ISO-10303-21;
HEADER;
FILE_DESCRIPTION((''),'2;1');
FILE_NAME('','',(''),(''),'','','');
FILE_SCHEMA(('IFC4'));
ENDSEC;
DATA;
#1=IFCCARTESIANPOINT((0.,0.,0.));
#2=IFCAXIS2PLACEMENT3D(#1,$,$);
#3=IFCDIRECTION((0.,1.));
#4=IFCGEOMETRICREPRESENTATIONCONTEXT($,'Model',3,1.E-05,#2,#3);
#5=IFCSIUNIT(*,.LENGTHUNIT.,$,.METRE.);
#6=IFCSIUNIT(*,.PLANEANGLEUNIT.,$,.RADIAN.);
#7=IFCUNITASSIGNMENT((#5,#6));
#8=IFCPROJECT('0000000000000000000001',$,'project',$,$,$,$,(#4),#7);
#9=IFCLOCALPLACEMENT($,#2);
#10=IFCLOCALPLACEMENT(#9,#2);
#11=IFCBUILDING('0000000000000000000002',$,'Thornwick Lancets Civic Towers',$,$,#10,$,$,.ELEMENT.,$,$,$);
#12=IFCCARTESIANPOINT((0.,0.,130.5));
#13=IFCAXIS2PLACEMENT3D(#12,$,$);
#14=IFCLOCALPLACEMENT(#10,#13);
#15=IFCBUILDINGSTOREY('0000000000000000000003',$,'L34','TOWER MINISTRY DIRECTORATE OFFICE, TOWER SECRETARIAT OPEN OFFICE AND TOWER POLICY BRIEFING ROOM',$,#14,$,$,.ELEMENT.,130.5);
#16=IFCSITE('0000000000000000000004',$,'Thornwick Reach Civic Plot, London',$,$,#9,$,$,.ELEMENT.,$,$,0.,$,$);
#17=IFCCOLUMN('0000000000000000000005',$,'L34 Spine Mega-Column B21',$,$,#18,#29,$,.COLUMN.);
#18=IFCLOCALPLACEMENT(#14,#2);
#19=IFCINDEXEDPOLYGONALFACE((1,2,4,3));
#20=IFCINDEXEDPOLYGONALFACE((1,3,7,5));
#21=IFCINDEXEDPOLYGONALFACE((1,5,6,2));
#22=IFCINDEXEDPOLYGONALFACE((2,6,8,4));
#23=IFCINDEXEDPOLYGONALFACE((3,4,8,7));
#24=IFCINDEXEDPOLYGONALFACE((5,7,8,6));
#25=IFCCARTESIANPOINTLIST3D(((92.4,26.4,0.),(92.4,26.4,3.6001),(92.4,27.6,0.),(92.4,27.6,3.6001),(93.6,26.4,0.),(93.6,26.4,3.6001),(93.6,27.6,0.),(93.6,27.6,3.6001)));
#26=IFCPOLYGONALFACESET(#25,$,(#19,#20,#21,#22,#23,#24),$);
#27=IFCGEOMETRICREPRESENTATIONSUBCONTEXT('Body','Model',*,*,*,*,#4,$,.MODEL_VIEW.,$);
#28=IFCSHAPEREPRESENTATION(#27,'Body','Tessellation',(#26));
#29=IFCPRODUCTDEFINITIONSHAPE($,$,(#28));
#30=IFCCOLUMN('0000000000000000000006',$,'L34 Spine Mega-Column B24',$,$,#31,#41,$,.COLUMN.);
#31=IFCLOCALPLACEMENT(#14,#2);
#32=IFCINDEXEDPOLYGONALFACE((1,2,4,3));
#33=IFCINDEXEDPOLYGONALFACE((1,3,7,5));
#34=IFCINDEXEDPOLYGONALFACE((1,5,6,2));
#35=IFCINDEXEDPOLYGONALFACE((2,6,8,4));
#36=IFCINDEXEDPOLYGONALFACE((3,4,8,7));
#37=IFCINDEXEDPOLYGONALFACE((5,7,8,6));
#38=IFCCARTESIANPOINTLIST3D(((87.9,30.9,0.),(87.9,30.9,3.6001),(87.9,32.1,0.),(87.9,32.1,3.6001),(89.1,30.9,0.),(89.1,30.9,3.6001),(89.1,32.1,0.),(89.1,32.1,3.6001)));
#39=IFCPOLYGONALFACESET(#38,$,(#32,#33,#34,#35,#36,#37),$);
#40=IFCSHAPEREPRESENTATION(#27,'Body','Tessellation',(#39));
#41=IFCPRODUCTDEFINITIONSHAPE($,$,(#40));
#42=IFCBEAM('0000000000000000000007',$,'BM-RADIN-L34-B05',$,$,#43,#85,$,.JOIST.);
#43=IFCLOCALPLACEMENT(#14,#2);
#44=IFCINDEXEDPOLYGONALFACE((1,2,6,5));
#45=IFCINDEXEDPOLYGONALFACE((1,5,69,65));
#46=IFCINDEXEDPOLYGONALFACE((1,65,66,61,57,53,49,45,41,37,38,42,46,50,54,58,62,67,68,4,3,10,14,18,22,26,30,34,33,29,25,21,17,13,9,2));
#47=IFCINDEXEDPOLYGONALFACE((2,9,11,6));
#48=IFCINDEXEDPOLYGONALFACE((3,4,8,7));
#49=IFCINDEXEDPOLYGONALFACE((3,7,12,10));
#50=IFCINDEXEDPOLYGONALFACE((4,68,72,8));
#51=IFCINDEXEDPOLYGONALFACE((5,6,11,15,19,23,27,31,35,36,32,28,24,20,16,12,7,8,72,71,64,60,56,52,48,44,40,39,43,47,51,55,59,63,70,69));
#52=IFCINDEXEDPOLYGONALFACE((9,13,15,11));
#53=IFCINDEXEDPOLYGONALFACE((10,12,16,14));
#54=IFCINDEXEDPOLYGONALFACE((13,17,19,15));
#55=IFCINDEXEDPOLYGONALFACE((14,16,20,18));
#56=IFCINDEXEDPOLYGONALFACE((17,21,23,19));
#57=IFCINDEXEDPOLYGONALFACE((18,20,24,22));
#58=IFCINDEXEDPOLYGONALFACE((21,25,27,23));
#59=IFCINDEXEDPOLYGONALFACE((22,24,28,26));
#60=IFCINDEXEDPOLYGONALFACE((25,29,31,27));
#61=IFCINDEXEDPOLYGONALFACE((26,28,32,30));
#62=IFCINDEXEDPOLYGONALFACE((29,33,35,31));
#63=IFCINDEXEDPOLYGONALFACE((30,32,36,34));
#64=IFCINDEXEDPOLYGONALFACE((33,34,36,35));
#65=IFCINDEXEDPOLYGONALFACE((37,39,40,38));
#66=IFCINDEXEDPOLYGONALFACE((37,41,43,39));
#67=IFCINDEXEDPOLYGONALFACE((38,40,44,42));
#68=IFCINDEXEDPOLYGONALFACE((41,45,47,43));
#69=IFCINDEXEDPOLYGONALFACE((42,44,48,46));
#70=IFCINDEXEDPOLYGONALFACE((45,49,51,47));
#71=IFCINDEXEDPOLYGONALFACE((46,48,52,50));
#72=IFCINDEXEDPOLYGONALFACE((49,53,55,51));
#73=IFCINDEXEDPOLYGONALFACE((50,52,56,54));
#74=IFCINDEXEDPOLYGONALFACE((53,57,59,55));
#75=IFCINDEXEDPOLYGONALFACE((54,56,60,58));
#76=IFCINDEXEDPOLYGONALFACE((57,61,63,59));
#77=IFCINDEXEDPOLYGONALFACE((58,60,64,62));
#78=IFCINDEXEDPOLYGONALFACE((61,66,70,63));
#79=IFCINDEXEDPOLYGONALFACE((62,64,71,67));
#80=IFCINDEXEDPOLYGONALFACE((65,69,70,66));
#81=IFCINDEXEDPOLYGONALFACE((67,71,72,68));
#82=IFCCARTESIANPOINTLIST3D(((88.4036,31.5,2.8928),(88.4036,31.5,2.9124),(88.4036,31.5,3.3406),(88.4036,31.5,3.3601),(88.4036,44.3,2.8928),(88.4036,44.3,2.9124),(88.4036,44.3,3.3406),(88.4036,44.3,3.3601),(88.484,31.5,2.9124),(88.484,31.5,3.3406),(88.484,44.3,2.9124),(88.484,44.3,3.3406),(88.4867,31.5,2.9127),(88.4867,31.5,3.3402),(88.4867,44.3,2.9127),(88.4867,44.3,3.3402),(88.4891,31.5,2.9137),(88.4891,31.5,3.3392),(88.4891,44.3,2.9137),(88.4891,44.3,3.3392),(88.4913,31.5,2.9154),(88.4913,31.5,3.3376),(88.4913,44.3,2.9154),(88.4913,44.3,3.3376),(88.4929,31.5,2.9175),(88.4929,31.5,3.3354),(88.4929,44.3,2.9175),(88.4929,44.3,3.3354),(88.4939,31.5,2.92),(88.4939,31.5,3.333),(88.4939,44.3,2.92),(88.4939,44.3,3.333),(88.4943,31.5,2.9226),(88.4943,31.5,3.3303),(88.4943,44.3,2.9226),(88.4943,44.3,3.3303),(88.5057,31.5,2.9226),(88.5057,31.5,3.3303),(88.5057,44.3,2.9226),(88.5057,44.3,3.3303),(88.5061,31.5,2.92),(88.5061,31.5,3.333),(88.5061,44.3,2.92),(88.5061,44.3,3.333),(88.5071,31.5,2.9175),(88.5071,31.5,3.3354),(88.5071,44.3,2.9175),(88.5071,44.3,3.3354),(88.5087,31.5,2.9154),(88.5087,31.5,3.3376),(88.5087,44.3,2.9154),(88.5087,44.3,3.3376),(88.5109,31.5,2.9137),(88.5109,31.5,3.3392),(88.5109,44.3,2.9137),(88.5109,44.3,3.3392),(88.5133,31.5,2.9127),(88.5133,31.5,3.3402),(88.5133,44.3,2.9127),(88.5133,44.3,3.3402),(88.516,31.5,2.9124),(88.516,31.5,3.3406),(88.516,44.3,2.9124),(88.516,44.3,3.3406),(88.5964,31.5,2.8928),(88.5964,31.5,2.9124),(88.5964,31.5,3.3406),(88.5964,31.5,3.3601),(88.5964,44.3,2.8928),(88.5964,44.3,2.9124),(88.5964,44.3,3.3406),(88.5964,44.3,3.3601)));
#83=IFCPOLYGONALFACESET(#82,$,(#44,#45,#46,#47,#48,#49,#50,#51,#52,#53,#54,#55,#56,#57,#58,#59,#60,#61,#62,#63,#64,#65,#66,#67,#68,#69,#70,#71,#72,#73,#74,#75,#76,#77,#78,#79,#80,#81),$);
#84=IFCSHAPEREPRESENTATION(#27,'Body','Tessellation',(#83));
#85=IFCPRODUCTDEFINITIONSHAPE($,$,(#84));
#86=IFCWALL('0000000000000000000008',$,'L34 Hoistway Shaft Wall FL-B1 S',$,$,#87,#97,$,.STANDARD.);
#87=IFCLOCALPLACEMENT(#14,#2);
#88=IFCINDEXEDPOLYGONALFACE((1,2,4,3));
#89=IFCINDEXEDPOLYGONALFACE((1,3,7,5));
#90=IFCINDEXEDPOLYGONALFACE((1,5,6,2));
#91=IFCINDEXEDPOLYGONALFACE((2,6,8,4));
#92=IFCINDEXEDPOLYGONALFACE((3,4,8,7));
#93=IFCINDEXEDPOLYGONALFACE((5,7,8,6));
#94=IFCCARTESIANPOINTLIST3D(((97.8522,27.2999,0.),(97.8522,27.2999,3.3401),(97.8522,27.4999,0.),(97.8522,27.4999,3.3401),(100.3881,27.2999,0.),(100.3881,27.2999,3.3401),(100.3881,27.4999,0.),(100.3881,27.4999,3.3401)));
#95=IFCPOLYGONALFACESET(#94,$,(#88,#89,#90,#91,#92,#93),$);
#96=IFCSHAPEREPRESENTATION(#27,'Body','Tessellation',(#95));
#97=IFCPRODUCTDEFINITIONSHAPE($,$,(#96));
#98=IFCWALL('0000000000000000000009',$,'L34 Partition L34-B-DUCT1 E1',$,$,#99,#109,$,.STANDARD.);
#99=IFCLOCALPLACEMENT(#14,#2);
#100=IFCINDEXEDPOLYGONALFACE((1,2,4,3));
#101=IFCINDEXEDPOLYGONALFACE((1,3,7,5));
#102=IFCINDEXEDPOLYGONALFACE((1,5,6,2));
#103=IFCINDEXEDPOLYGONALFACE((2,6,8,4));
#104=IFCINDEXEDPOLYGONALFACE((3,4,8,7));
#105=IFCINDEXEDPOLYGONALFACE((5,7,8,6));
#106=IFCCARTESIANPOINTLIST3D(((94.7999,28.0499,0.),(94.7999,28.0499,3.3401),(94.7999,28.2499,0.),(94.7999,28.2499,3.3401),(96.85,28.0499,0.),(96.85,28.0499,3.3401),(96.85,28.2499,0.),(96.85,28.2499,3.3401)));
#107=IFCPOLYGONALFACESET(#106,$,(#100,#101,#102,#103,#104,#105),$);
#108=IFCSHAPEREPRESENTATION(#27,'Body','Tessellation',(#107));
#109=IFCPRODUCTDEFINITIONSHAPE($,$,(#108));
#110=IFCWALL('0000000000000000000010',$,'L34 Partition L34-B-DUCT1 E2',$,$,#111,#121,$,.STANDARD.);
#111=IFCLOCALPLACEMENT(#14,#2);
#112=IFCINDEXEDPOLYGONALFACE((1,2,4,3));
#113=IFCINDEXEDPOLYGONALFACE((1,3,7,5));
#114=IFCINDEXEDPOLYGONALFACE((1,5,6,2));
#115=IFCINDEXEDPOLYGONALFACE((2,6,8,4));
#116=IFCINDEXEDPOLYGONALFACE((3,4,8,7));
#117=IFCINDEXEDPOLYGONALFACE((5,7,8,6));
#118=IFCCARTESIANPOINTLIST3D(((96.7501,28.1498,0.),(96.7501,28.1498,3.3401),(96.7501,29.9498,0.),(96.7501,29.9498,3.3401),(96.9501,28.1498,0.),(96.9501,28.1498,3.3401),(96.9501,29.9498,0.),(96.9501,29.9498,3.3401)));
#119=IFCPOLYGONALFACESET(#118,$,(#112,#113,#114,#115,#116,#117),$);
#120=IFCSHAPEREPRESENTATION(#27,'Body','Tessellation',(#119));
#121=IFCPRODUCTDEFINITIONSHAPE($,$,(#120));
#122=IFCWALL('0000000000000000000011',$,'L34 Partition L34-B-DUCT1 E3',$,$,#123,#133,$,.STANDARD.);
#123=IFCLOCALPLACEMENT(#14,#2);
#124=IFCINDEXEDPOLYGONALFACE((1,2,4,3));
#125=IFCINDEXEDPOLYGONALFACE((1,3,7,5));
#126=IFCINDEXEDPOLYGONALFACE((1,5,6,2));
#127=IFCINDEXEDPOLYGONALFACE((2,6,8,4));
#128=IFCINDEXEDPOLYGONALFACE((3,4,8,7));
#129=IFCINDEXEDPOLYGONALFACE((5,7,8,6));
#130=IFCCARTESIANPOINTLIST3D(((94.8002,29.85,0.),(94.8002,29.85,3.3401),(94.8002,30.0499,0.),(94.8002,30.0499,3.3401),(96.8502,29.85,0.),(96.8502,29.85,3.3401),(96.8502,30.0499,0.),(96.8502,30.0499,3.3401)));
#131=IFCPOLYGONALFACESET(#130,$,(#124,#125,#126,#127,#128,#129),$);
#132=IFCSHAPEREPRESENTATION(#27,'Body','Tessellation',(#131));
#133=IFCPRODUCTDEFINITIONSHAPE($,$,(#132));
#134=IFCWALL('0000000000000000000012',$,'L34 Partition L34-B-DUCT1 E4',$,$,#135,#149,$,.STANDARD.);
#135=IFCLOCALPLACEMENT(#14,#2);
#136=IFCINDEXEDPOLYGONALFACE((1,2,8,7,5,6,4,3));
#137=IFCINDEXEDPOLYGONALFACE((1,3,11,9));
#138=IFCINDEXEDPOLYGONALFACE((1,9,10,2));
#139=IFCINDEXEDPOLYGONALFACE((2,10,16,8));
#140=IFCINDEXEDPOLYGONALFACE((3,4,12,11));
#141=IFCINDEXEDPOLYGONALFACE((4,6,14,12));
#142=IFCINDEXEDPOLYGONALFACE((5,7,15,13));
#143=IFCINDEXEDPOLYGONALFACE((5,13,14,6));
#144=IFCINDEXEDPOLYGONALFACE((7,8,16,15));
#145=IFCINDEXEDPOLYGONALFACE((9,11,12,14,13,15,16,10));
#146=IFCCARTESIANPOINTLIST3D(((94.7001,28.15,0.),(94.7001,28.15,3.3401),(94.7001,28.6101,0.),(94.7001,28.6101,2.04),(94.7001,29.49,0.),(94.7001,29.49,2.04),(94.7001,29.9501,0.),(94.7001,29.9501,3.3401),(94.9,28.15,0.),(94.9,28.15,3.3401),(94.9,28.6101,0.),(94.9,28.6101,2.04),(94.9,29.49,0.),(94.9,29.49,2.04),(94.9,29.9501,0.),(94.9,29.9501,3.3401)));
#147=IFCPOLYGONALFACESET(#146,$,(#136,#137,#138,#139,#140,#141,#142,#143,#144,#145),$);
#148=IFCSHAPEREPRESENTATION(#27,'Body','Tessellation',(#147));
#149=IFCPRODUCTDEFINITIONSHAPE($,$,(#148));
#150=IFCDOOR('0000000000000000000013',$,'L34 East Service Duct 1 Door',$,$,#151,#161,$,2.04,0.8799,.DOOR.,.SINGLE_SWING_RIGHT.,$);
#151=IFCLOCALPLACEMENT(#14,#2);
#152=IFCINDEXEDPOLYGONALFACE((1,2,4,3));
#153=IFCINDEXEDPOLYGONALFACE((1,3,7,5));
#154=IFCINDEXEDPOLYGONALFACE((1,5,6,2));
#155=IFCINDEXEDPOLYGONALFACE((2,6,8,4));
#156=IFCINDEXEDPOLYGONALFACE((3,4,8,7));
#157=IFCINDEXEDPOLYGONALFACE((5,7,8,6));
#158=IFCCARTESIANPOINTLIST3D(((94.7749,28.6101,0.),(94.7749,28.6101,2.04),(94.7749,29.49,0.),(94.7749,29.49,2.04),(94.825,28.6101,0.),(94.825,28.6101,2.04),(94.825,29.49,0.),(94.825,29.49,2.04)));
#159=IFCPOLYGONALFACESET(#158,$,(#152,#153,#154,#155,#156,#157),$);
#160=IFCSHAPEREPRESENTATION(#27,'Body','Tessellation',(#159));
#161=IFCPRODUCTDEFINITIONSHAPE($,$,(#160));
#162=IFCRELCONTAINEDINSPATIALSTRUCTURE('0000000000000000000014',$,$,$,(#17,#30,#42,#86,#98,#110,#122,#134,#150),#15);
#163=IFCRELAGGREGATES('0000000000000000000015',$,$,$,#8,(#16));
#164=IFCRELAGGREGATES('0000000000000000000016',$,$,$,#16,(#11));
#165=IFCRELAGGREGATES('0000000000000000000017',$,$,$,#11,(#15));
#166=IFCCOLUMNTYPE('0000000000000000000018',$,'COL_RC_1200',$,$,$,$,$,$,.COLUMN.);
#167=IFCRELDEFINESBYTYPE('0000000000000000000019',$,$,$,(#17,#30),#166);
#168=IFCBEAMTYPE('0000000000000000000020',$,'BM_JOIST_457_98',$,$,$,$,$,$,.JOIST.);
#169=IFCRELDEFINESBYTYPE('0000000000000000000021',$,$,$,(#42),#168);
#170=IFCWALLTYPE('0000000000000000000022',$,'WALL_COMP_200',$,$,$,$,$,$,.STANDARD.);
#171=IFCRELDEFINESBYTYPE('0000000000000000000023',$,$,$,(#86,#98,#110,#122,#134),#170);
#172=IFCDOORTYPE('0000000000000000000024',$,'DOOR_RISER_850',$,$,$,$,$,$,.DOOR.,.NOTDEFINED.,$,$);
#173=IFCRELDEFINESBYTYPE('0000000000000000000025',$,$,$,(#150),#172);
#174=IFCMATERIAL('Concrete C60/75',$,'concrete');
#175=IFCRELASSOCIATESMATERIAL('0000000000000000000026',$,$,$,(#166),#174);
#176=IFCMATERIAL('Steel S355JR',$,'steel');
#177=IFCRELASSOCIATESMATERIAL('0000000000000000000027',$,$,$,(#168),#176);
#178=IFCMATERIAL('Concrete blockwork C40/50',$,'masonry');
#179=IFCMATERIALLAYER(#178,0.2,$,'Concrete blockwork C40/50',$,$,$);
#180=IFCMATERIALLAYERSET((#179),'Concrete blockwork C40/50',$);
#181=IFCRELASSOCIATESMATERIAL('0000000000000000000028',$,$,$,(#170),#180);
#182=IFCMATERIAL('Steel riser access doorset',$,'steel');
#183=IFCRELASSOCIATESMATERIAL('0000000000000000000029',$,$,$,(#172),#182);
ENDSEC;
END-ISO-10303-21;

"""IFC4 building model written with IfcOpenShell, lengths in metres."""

from ifc_helpers import new_model, si_unit, direction, frame, frame_2d, origin, origin_2d, place, context, subcontext, project, spatial, rectangle, i_section, extrude, material, layer, layer_set, material_profile, profile_set, type_object, element, fill, save


model = new_model("IFC4")

# Units and contexts
model_context = context("Model", 3, precision=1e-05, world=origin(), true_north=direction((0.0, 1.0)))
body_context = subcontext(model_context, "Body", "Model", "MODEL_VIEW")
ifc_project = project(units=[si_unit("LENGTHUNIT", "METRE"), si_unit("PLANEANGLEUNIT", "RADIAN")], contexts=[model_context])

# Site, building, storey
site_placement = place(None, origin())
site = spatial("IfcSite", under=ifc_project, at=site_placement, Name="Thornwick Reach Civic Plot, London", CompositionType="ELEMENT", RefElevation=0.0)
building_placement = place(site_placement, origin())
building = spatial("IfcBuilding", under=site, at=building_placement, Name="Thornwick Lancets Civic Towers", CompositionType="ELEMENT")
storey_placement = place(building_placement, frame((0.0, 0.0, 130.5)))
storey = spatial("IfcBuildingStorey", under=building, at=storey_placement, Name="L34", Description="TOWER MINISTRY DIRECTORATE OFFICE, TOWER SECRETARIAT OPEN OFFICE AND TOWER POLICY BRIEFING ROOM", CompositionType="ELEMENT", Elevation=130.5)

# Columns
ifc_material_1 = material(Name="Concrete C60/75", Category="concrete")
ifc_material_profile_1 = material_profile(ifc_material_1, rectangle(XDim=1.2, YDim=1.2, at=origin_2d()), Name="RC 1200x1200")
ifc_profile_set_1 = profile_set([ifc_material_profile_1], Name="Concrete C60/75")
column_type = type_object("IfcColumnType", Name="COL_RC_1200", PredefinedType="COLUMN", material=ifc_profile_set_1)
for number, where, z_axis, x_axis, name in (
    (1, (93.0, 27.0, 0.0), (0.0, 0.0, 1.0), (1.0, 0.0, 0.0), "L34 Spine Mega-Column B21"),
    (2, (88.5, 31.5, 0.0), (0.0, 0.0, 1.0), (1.0, 0.0, 0.0), "L34 Spine Mega-Column B24"),
):
    element("IfcColumn", number, at=place(storey_placement, frame(where, z_axis=z_axis, x_axis=x_axis)), inside=storey, type_object=column_type, Name=name, PredefinedType="COLUMN", context=body_context, shape_type="SweptSolid", body=[
        extrude(rectangle(XDim=1.2, YDim=1.2, at=origin_2d()), origin(), (0.0, 0.0, 1.0), 3.6001),
    ])

# Beam
ifc_material_2 = material(Name="Steel S355JR", Category="steel")
ifc_material_profile_2 = material_profile(ifc_material_2, i_section(OverallWidth=0.1929, OverallDepth=0.4673, WebThickness=0.0115, FlangeThickness=0.0195, FilletRadius=0.0103, at=origin_2d()), Name="UKB 457x191x98")
ifc_profile_set_2 = profile_set([ifc_material_profile_2], Name="Steel S355JR")
beam_type = type_object("IfcBeamType", Name="BM_JOIST_457_98", PredefinedType="JOIST", material=ifc_profile_set_2)
beam_placement = place(storey_placement, frame((88.5, 31.5, 3.1265), z_axis=(0.0, 1.0, 0.0), x_axis=(-1.0, 0.0, 0.0)))
element("IfcBeam", 3, at=beam_placement, inside=storey, type_object=beam_type, Name="BM-RADIN-L34-B05", PredefinedType="JOIST", context=body_context, shape_type="SweptSolid", body=[
    extrude(i_section(OverallWidth=0.1929, OverallDepth=0.4673, WebThickness=0.0115, FlangeThickness=0.0195, FilletRadius=0.0103, at=origin_2d()), origin(), (0.0, 0.0, 1.0), 12.8),
])

# Walls
ifc_material_3 = material(Name="Concrete blockwork C40/50", Category="masonry")
ifc_layer_1 = layer(ifc_material_3, 0.2, Name="Concrete blockwork C40/50")
ifc_layer_set_1 = layer_set([ifc_layer_1], Name="Concrete blockwork C40/50")
wall_type_1 = type_object("IfcWallType", Name="WALL_COMP_200", PredefinedType="STANDARD", material=ifc_layer_set_1)
wall_1_placement = place(storey_placement, frame((97.8521, 27.3999, 0.0), z_axis=(0.0, 0.0, 1.0), x_axis=(1.0, 0.0, 0.0)))
element("IfcWall", 4, at=wall_1_placement, inside=storey, type_object=wall_type_1, Name="L34 Hoistway Shaft Wall FL-B1 S", PredefinedType="STANDARD", context=body_context, shape_type="SweptSolid", body=[
    extrude(rectangle(XDim=2.5359, YDim=0.2, at=frame_2d((1.2681, 0.0))), origin(), (0.0, 0.0, 1.0), 3.3401),
])
wall_2_placement = place(storey_placement, frame((94.8, 28.1499, 0.0), z_axis=(0.0, 0.0, 1.0), x_axis=(1.0, 0.0, 0.0)))
element("IfcWall", 5, at=wall_2_placement, inside=storey, type_object=wall_type_1, Name="L34 Partition L34-B-DUCT1 E1", PredefinedType="STANDARD", context=body_context, shape_type="SweptSolid", body=[
    extrude(rectangle(XDim=2.05, YDim=0.2, at=frame_2d((1.0249, 0.0))), origin(), (0.0, 0.0, 1.0), 3.3401),
])
wall_3_placement = place(storey_placement, frame((96.8501, 28.1499, 0.0), z_axis=(0.0, 0.0, 1.0), x_axis=(0.0, 1.0, 0.0)))
element("IfcWall", 6, at=wall_3_placement, inside=storey, type_object=wall_type_1, Name="L34 Partition L34-B-DUCT1 E2", PredefinedType="STANDARD", context=body_context, shape_type="SweptSolid", body=[
    extrude(rectangle(XDim=1.8, YDim=0.2, at=frame_2d((0.8999, 0.0))), origin(), (0.0, 0.0, 1.0), 3.3401),
])
wall_4_placement = place(storey_placement, frame((96.8501, 29.95, 0.0), z_axis=(0.0, 0.0, 1.0), x_axis=(-1.0, 0.0, 0.0)))
element("IfcWall", 7, at=wall_4_placement, inside=storey, type_object=wall_type_1, Name="L34 Partition L34-B-DUCT1 E3", PredefinedType="STANDARD", context=body_context, shape_type="SweptSolid", body=[
    extrude(rectangle(XDim=2.05, YDim=0.2, at=frame_2d((1.0249, 0.0))), origin(), (0.0, 0.0, 1.0), 3.3401),
])

# Wall, opening, door
wall_5_placement = place(storey_placement, frame((94.8, 29.95, 0.0), z_axis=(0.0, 0.0, 1.0), x_axis=(0.0, -1.0, 0.0)))
wall_5 = element("IfcWall", 8, at=wall_5_placement, inside=storey, type_object=wall_type_1, Name="L34 Partition L34-B-DUCT1 E4", PredefinedType="STANDARD", context=body_context, shape_type="SweptSolid", body=[
    extrude(rectangle(XDim=1.8, YDim=0.2, at=frame_2d((0.8999, 0.0))), origin(), (0.0, 0.0, 1.0), 3.3401),
])
opening_1_placement = place(wall_5_placement, frame((0.46, 0.0, 0.0)))
opening_1 = element("IfcOpeningElement", 9, at=opening_1_placement, cuts=wall_5, PredefinedType="OPENING", context=body_context, shape_type="SweptSolid", body=[
    extrude(rectangle(XDim=0.8799, YDim=2.04, at=frame_2d((0.4399, 1.02))), frame((0.0, 0.1099, 0.0), z_axis=(0.0, -1.0, 0.0), x_axis=(1.0, 0.0, 0.0)), (0.0, 0.0, 1.0), 0.22),
])
ifc_material_4 = material(Name="Steel riser access doorset", Category="steel")
door_type_1 = type_object("IfcDoorType", Name="DOOR_RISER_850", OperationType="NOTDEFINED", PredefinedType="DOOR", material=ifc_material_4)
door_1_placement = place(opening_1_placement, origin())
door_1 = element("IfcDoor", 10, at=door_1_placement, inside=storey, type_object=door_type_1, Name="L34 East Service Duct 1 Door", OperationType="SINGLE_SWING_RIGHT", OverallHeight=2.04, OverallWidth=0.8799, PredefinedType="DOOR", context=body_context, shape_type="SweptSolid", body=[
    extrude(rectangle(XDim=0.8799, YDim=2.04, at=frame_2d((0.4399, 1.02))), frame((0.0, 0.0249, 0.0), z_axis=(0.0, -1.0, 0.0), x_axis=(1.0, 0.0, 0.0)), (0.0, 0.0, 1.0), 0.05),
])
fill(opening_1, door_1)

save(model, "model.ifc")
